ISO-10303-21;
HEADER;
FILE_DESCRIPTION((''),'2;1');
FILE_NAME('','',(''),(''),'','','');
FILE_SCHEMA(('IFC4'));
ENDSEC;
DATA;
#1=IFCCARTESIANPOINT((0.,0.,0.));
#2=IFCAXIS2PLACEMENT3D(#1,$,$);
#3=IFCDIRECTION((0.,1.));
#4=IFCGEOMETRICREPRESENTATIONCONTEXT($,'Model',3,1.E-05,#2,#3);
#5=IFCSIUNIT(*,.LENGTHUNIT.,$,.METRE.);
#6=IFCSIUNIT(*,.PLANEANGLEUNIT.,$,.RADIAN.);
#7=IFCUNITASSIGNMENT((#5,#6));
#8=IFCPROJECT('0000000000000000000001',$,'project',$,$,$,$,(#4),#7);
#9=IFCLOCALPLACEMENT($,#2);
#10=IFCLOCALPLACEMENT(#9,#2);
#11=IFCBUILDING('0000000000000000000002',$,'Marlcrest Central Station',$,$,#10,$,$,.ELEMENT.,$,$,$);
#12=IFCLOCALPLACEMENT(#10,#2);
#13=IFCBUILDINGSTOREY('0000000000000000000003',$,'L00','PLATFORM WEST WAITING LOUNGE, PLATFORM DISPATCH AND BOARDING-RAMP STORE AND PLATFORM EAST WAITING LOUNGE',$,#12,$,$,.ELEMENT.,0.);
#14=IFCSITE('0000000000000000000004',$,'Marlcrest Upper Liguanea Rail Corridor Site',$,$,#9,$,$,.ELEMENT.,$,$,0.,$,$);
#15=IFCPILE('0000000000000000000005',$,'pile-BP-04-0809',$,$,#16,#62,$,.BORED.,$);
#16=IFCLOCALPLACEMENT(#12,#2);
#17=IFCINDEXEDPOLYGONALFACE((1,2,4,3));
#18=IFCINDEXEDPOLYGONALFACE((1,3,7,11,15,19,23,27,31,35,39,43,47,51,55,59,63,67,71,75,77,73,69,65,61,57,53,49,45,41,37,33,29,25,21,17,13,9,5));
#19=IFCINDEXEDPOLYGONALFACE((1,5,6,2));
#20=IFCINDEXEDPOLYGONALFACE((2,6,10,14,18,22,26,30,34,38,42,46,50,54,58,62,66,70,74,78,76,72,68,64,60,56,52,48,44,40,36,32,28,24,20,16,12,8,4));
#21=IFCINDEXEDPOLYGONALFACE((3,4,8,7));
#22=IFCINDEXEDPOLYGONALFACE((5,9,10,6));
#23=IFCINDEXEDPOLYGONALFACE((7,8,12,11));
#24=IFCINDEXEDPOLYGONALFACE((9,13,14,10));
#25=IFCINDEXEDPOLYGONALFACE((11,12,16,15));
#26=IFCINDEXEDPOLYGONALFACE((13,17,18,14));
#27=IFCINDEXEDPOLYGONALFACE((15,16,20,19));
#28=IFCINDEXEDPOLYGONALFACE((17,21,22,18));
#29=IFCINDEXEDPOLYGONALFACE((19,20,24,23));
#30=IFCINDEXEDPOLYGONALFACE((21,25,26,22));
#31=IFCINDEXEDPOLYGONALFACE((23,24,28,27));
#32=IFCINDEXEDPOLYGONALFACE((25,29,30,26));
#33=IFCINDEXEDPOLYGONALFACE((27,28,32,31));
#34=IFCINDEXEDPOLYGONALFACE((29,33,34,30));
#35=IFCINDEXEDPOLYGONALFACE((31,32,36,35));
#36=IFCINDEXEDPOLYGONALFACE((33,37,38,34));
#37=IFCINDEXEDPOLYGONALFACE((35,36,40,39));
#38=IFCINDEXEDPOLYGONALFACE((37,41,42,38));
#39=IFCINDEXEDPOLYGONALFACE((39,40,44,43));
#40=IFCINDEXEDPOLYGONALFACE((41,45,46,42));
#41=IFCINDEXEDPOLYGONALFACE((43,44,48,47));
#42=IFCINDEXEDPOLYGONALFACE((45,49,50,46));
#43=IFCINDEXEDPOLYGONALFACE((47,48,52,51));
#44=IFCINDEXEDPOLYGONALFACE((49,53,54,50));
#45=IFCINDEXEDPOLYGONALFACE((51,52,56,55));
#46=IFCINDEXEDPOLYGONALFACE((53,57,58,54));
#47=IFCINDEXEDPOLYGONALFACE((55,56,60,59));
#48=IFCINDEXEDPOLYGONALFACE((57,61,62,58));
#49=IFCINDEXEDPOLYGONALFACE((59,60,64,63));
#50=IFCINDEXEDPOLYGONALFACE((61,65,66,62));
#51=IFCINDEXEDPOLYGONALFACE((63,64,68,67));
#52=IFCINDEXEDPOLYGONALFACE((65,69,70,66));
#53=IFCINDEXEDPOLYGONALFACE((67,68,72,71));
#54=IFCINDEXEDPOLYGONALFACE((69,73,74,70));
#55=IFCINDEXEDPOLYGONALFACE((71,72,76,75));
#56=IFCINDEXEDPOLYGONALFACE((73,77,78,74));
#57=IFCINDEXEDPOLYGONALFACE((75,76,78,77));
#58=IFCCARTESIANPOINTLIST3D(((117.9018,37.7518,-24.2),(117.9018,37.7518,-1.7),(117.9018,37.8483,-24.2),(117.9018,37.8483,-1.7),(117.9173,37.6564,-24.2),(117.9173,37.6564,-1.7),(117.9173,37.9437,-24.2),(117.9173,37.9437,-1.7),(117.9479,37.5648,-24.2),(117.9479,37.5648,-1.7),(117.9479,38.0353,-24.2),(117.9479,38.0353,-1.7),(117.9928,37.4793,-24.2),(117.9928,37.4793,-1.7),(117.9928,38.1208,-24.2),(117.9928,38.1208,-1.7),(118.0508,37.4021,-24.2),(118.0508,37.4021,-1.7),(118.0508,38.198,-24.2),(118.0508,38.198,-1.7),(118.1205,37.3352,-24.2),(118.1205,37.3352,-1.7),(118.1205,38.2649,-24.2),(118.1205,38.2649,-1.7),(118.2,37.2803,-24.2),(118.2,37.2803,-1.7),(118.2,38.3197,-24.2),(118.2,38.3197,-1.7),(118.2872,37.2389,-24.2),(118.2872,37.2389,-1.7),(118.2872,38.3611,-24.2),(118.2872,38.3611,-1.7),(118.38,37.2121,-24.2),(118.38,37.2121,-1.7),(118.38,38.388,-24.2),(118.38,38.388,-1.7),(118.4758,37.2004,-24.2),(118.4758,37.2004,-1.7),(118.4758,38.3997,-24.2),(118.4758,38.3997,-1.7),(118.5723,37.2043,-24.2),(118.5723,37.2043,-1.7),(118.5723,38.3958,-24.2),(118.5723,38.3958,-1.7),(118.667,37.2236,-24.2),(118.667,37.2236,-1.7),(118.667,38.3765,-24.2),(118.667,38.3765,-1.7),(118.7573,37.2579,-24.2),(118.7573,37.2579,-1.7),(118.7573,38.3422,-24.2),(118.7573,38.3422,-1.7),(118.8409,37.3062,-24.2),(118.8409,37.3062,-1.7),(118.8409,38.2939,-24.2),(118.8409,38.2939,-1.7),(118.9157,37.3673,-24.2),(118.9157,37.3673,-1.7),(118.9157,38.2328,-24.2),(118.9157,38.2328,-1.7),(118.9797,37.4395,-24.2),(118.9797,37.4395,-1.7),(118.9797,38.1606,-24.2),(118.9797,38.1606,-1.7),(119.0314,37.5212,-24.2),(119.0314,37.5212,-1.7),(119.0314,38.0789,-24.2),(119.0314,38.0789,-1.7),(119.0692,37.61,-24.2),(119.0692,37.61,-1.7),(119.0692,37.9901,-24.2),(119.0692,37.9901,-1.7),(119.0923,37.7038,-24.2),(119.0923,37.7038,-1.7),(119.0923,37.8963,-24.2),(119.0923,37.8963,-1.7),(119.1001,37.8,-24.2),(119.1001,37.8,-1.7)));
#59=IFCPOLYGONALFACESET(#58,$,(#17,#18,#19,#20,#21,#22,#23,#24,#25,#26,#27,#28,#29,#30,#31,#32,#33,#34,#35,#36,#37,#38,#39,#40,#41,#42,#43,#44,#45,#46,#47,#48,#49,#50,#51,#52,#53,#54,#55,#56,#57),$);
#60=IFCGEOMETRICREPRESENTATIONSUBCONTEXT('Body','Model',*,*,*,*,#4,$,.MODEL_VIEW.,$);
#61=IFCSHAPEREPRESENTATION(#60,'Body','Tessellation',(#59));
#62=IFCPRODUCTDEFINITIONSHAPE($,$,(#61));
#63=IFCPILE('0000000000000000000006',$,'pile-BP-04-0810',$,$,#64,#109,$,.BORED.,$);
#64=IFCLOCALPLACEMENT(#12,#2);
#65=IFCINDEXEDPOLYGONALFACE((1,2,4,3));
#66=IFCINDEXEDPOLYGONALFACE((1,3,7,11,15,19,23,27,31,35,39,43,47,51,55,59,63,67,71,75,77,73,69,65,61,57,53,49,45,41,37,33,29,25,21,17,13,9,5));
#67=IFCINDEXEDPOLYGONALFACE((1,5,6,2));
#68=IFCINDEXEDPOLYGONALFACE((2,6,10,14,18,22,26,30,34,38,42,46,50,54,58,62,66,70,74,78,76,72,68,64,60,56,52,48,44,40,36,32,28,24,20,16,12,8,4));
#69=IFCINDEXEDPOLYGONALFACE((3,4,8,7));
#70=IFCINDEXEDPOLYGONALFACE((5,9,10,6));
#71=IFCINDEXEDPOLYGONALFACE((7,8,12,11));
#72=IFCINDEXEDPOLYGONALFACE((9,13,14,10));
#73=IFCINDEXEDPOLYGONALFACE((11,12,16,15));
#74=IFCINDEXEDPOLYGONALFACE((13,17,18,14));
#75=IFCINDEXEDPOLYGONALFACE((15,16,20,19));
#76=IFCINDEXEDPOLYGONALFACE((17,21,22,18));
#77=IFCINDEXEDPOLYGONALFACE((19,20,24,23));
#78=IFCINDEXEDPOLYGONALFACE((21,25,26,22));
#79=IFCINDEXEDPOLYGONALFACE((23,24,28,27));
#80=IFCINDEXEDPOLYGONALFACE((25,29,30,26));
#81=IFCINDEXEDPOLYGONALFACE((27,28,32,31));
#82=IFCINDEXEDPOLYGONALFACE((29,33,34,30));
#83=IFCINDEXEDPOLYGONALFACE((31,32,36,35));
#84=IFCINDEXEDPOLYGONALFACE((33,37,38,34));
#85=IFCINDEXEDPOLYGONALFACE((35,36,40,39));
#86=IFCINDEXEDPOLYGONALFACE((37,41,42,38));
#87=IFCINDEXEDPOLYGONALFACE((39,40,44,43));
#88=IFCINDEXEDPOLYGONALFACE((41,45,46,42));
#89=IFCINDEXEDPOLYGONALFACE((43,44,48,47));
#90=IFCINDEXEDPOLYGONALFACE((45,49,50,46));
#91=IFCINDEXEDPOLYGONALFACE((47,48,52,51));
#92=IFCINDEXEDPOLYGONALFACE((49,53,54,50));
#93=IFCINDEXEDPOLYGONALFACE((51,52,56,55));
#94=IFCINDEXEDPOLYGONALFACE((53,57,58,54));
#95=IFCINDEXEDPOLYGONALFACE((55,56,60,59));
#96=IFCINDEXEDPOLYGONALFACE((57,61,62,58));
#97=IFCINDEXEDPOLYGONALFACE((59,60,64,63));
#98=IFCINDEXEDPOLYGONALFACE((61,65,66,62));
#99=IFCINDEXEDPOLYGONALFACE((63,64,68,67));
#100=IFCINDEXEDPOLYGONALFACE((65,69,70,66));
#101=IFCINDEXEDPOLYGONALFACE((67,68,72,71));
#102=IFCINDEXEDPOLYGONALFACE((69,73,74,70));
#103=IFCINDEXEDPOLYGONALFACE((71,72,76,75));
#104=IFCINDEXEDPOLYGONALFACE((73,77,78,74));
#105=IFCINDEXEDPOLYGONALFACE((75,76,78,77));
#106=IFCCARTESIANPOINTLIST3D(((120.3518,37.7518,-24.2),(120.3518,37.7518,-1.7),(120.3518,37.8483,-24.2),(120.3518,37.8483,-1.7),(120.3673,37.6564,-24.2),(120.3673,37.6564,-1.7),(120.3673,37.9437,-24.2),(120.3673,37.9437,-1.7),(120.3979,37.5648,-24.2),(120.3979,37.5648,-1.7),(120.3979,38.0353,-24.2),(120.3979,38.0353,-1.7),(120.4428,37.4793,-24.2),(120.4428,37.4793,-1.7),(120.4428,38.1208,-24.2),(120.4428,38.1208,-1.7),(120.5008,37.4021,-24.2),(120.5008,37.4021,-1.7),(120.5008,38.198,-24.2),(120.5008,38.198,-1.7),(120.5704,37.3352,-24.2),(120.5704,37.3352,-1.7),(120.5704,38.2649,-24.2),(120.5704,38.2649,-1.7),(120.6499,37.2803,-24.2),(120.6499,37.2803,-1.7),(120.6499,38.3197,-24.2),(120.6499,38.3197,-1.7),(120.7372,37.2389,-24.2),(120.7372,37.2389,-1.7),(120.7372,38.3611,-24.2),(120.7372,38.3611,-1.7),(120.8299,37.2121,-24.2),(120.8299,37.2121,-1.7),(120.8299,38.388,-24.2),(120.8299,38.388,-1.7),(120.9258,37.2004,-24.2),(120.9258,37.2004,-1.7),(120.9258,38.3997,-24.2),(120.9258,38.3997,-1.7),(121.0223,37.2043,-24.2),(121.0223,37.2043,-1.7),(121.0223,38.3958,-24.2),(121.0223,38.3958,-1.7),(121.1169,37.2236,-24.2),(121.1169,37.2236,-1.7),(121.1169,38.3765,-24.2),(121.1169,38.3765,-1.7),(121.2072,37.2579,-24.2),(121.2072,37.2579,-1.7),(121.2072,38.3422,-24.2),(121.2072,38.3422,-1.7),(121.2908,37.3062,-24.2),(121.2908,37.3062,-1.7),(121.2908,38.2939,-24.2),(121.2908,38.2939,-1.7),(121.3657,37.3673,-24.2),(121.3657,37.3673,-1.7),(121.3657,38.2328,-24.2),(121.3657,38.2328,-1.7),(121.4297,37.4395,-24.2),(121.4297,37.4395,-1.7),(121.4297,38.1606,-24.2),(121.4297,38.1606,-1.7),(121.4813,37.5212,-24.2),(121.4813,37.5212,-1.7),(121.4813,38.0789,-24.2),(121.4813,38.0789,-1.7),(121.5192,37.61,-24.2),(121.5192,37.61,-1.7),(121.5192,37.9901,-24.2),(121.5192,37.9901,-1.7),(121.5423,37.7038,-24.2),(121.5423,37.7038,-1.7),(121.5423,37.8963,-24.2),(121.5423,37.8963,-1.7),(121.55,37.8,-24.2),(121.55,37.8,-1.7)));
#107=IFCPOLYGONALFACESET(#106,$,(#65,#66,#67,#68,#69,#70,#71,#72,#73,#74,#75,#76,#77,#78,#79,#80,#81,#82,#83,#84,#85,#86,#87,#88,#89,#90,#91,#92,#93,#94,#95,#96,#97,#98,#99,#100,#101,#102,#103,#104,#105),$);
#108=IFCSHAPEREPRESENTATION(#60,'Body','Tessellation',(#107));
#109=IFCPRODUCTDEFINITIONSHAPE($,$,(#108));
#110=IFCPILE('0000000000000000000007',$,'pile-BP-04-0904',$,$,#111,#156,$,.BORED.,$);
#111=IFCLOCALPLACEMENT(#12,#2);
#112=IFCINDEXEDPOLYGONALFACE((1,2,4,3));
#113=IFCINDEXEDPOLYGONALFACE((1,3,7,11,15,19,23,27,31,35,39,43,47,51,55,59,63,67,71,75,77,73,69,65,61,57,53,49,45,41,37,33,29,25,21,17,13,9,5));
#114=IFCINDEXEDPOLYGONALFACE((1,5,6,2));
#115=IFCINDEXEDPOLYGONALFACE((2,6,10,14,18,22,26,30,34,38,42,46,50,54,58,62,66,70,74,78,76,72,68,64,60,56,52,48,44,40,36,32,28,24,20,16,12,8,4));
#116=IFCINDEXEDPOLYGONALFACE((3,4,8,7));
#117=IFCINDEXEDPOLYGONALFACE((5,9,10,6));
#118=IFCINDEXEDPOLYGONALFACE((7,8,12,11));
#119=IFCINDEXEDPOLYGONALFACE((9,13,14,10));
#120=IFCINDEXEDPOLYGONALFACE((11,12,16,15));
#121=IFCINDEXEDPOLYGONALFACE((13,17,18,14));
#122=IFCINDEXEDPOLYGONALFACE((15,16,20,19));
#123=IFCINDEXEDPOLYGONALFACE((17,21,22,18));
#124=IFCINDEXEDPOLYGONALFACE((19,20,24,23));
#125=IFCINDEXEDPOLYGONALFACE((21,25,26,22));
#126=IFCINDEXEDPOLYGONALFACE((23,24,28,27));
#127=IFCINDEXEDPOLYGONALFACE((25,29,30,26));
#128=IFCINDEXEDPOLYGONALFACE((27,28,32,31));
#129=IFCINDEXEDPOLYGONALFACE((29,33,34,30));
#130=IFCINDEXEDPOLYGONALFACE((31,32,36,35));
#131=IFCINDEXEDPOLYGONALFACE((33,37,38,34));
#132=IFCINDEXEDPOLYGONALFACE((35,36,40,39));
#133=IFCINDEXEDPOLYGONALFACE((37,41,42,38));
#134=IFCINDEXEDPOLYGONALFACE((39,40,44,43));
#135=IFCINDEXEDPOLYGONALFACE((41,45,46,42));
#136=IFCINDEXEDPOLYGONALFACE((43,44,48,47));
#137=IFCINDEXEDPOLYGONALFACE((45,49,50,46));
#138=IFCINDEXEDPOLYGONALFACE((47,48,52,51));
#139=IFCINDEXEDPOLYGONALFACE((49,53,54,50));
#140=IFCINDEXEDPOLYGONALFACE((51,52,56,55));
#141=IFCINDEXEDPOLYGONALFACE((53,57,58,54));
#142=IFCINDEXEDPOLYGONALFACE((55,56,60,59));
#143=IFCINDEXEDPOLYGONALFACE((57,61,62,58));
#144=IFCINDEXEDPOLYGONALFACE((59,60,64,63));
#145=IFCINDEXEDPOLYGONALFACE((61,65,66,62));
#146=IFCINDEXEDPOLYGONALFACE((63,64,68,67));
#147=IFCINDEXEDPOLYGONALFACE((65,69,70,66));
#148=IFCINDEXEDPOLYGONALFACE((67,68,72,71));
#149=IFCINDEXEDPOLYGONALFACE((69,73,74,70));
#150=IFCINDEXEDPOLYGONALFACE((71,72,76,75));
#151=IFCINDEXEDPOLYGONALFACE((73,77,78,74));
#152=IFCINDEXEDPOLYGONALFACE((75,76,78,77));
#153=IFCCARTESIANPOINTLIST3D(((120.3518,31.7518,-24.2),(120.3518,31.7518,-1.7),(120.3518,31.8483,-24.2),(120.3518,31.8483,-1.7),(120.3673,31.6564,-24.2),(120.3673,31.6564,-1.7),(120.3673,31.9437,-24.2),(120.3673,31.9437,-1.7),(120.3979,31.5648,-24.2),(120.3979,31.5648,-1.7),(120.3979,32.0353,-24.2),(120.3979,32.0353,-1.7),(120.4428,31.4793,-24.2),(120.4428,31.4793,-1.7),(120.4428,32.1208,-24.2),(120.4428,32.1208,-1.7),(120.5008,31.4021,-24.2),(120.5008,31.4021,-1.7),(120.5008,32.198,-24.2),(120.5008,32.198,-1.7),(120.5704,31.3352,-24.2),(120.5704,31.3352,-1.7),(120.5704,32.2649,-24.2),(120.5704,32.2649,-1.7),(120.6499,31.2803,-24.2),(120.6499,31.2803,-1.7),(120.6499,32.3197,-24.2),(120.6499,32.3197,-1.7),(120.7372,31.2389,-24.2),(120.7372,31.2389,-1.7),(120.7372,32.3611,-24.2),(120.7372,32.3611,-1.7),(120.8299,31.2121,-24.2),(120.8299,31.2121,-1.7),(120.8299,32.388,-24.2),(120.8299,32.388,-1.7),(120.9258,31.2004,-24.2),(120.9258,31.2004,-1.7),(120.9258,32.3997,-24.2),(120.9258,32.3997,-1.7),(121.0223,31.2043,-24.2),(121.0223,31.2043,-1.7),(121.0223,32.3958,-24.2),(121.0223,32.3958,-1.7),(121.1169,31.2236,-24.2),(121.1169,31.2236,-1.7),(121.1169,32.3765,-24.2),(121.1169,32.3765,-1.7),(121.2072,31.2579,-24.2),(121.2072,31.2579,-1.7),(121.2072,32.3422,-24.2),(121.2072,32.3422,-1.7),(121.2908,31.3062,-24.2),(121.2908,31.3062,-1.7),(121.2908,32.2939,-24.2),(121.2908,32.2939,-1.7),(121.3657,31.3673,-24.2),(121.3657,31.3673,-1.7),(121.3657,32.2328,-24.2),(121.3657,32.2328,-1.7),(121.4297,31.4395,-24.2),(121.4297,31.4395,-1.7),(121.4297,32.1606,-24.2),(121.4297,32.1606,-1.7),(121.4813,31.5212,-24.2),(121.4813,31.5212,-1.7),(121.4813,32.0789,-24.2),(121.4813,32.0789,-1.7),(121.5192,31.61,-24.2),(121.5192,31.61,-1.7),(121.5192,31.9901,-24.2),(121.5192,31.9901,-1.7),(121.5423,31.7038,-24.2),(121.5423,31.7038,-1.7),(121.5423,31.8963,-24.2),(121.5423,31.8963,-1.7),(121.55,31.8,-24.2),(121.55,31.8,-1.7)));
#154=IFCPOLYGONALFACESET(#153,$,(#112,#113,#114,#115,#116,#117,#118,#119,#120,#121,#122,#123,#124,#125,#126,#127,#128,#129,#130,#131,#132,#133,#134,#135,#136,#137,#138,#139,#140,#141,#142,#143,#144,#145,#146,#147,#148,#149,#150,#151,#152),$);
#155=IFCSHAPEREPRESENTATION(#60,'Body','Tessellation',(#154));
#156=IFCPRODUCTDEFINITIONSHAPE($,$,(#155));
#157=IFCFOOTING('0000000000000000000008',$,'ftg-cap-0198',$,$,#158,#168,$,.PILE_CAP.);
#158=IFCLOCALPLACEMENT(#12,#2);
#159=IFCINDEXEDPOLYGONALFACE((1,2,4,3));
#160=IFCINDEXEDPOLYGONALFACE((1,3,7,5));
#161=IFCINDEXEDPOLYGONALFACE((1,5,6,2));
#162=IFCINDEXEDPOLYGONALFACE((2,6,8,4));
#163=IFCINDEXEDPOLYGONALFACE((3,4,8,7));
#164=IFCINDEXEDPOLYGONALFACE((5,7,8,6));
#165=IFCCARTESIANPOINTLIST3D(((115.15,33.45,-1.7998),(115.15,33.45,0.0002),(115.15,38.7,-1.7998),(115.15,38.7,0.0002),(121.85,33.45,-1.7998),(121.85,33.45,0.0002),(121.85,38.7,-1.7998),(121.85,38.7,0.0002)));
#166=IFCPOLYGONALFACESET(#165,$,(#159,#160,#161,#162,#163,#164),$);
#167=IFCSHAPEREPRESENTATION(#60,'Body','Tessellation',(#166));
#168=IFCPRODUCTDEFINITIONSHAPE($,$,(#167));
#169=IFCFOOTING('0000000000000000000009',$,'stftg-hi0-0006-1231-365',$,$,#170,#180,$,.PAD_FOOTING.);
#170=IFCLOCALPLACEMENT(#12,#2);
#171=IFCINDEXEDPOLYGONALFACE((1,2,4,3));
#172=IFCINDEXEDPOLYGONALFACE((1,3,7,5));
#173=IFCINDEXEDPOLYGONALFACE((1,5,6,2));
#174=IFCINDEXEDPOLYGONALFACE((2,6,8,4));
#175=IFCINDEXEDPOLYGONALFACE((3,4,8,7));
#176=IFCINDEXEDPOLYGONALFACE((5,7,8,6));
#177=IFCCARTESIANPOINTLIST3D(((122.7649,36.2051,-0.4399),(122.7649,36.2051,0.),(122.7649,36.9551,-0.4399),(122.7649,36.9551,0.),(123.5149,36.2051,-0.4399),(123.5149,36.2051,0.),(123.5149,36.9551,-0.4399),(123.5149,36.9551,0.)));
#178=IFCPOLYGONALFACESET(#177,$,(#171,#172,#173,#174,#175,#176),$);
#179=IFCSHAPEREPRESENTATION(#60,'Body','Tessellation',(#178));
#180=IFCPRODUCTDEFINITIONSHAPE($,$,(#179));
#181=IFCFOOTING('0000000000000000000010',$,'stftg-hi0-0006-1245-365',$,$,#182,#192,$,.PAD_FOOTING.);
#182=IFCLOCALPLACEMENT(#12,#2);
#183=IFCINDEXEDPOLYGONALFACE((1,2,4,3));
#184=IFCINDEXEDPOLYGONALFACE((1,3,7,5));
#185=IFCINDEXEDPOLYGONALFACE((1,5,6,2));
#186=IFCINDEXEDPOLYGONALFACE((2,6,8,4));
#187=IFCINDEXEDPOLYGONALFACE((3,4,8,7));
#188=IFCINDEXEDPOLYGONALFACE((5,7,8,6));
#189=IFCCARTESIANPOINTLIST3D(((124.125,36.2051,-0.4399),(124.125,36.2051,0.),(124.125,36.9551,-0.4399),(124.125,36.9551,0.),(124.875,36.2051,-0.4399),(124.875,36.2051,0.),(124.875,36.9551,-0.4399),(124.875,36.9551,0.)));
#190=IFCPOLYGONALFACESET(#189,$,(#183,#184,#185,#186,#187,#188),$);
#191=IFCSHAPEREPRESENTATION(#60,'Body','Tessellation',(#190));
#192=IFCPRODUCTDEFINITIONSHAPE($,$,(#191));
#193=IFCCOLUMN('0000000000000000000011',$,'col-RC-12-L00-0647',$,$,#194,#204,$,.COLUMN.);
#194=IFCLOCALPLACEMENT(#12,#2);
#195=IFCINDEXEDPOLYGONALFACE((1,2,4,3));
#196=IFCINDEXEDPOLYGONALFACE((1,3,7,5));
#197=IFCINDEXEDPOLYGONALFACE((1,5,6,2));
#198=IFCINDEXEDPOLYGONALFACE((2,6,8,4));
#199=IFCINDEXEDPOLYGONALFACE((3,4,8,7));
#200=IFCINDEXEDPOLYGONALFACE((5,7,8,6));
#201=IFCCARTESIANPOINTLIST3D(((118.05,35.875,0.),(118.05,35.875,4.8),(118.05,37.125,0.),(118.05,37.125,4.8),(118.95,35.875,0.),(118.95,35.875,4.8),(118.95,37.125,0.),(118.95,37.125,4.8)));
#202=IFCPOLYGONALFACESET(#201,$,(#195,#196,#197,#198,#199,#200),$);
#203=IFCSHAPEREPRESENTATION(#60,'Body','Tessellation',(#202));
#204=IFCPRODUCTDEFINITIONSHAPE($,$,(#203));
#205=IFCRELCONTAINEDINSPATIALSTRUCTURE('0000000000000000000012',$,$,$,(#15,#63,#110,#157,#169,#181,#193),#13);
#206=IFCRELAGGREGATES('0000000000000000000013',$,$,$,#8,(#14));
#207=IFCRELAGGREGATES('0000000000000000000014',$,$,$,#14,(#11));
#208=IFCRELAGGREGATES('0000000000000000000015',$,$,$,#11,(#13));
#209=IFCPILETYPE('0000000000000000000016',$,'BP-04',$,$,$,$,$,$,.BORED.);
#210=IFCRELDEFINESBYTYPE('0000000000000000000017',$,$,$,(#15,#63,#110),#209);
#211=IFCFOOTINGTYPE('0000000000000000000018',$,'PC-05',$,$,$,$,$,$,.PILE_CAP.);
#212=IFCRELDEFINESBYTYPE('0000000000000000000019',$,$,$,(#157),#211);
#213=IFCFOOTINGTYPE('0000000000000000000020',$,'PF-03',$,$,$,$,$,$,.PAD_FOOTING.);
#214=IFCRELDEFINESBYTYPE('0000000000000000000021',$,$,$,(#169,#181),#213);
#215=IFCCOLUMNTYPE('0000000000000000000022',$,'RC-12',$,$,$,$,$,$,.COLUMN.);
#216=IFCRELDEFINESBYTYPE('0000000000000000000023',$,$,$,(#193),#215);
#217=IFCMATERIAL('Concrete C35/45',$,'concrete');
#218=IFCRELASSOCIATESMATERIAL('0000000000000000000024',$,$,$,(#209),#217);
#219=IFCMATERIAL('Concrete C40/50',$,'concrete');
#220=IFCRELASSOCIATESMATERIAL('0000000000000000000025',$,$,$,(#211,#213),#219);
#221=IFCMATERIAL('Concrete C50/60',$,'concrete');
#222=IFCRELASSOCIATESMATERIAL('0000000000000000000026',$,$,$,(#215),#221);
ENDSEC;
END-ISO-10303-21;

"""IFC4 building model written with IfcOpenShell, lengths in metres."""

from ifc_helpers import new_model, si_unit, direction, frame, origin, origin_2d, place, context, subcontext, project, spatial, rectangle, circle, extrude, material, material_profile, profile_set, type_object, element, save


model = new_model("IFC4")

# Units and contexts
model_context = context("Model", 3, precision=1e-05, world=origin(), true_north=direction((0.0, 1.0)))
body_context = subcontext(model_context, "Body", "Model", "MODEL_VIEW")
ifc_project = project(units=[si_unit("LENGTHUNIT", "METRE"), si_unit("PLANEANGLEUNIT", "RADIAN")], contexts=[model_context])

# Site, building, storey
site_placement = place(None, origin())
site = spatial("IfcSite", under=ifc_project, at=site_placement, Name="Marlcrest Upper Liguanea Rail Corridor Site", CompositionType="ELEMENT", RefElevation=0.0)
building_placement = place(site_placement, origin())
building = spatial("IfcBuilding", under=site, at=building_placement, Name="Marlcrest Central Station", CompositionType="ELEMENT")
storey_placement = place(building_placement, origin())
storey = spatial("IfcBuildingStorey", under=building, at=storey_placement, Name="L00", Description="PLATFORM WEST WAITING LOUNGE, PLATFORM DISPATCH AND BOARDING-RAMP STORE AND PLATFORM EAST WAITING LOUNGE", CompositionType="ELEMENT", Elevation=0.0)

# Piles
ifc_material_1 = material(Name="Concrete C35/45", Category="concrete")
ifc_material_profile_1 = material_profile(ifc_material_1, circle(Radius=0.6001, at=origin_2d()), Name="PILE D1200")
ifc_profile_set_1 = profile_set([ifc_material_profile_1], Name="Concrete C35/45")
pile_type = type_object("IfcPileType", Name="BP-04", PredefinedType="BORED", material=ifc_profile_set_1)
for number, where, z_axis, x_axis, name in (
    (1, (118.5, 37.8, -1.7), (0.0, 0.0, -1.0), (1.0, 0.0, 0.0), "pile-BP-04-0809"),
    (2, (120.95, 37.8, -1.7), (0.0, 0.0, -1.0), (1.0, 0.0, 0.0), "pile-BP-04-0810"),
    (3, (120.95, 31.8, -1.7), (0.0, 0.0, -1.0), (1.0, 0.0, 0.0), "pile-BP-04-0904"),
):
    element("IfcPile", number, at=place(storey_placement, frame(where, z_axis=z_axis, x_axis=x_axis)), inside=storey, type_object=pile_type, Name=name, PredefinedType="BORED", context=body_context, shape_type="SweptSolid", body=[
        extrude(circle(Radius=0.6001, at=origin_2d()), origin(), (0.0, 0.0, 1.0), 22.5),
    ])

# Footings
ifc_material_2 = material(Name="Concrete C40/50", Category="concrete")
footing_type_1 = type_object("IfcFootingType", Name="PC-05", PredefinedType="PILE_CAP", material=ifc_material_2)
footing_placement = place(storey_placement, frame((118.5, 36.075, -1.7998), z_axis=(0.0, 0.0, 1.0), x_axis=(1.0, 0.0, 0.0)))
element("IfcFooting", 4, at=footing_placement, inside=storey, type_object=footing_type_1, Name="ftg-cap-0198", PredefinedType="PILE_CAP", context=body_context, shape_type="SweptSolid", body=[
    extrude(rectangle(XDim=6.7, YDim=5.25, at=origin_2d()), origin(), (0.0, 0.0, 1.0), 1.8),
])
footing_type_2 = type_object("IfcFootingType", Name="PF-03", PredefinedType="PAD_FOOTING", material=ifc_material_2)
for number, where, z_axis, x_axis, name in (
    (5, (123.1399, 36.5801, -0.4399), (0.0, 0.0, 1.0), (1.0, 0.0, 0.0), "stftg-hi0-0006-1231-365"),
    (6, (124.5, 36.5801, -0.4399), (0.0, 0.0, 1.0), (1.0, 0.0, 0.0), "stftg-hi0-0006-1245-365"),
):
    element("IfcFooting", number, at=place(storey_placement, frame(where, z_axis=z_axis, x_axis=x_axis)), inside=storey, type_object=footing_type_2, Name=name, PredefinedType="PAD_FOOTING", context=body_context, shape_type="SweptSolid", body=[
        extrude(rectangle(XDim=0.75, YDim=0.75, at=origin_2d()), origin(), (0.0, 0.0, 1.0), 0.4399),
    ])

# Column
ifc_material_3 = material(Name="Concrete C50/60", Category="concrete")
ifc_material_profile_2 = material_profile(ifc_material_3, rectangle(XDim=0.8999, YDim=1.25, at=origin_2d()), Name="RC 900x1250")
ifc_profile_set_2 = profile_set([ifc_material_profile_2], Name="Concrete C50/60")
column_type_1 = type_object("IfcColumnType", Name="RC-12", PredefinedType="COLUMN", material=ifc_profile_set_2)
column_1_placement = place(storey_placement, frame((118.5, 36.5, 0.0), z_axis=(0.0, 0.0, 1.0), x_axis=(1.0, 0.0, 0.0)))
element("IfcColumn", 7, at=column_1_placement, inside=storey, type_object=column_type_1, Name="col-RC-12-L00-0647", PredefinedType="COLUMN", context=body_context, shape_type="SweptSolid", body=[
    extrude(rectangle(XDim=0.8999, YDim=1.25, at=origin_2d()), origin(), (0.0, 0.0, 1.0), 4.8),
])

save(model, "model.ifc")
